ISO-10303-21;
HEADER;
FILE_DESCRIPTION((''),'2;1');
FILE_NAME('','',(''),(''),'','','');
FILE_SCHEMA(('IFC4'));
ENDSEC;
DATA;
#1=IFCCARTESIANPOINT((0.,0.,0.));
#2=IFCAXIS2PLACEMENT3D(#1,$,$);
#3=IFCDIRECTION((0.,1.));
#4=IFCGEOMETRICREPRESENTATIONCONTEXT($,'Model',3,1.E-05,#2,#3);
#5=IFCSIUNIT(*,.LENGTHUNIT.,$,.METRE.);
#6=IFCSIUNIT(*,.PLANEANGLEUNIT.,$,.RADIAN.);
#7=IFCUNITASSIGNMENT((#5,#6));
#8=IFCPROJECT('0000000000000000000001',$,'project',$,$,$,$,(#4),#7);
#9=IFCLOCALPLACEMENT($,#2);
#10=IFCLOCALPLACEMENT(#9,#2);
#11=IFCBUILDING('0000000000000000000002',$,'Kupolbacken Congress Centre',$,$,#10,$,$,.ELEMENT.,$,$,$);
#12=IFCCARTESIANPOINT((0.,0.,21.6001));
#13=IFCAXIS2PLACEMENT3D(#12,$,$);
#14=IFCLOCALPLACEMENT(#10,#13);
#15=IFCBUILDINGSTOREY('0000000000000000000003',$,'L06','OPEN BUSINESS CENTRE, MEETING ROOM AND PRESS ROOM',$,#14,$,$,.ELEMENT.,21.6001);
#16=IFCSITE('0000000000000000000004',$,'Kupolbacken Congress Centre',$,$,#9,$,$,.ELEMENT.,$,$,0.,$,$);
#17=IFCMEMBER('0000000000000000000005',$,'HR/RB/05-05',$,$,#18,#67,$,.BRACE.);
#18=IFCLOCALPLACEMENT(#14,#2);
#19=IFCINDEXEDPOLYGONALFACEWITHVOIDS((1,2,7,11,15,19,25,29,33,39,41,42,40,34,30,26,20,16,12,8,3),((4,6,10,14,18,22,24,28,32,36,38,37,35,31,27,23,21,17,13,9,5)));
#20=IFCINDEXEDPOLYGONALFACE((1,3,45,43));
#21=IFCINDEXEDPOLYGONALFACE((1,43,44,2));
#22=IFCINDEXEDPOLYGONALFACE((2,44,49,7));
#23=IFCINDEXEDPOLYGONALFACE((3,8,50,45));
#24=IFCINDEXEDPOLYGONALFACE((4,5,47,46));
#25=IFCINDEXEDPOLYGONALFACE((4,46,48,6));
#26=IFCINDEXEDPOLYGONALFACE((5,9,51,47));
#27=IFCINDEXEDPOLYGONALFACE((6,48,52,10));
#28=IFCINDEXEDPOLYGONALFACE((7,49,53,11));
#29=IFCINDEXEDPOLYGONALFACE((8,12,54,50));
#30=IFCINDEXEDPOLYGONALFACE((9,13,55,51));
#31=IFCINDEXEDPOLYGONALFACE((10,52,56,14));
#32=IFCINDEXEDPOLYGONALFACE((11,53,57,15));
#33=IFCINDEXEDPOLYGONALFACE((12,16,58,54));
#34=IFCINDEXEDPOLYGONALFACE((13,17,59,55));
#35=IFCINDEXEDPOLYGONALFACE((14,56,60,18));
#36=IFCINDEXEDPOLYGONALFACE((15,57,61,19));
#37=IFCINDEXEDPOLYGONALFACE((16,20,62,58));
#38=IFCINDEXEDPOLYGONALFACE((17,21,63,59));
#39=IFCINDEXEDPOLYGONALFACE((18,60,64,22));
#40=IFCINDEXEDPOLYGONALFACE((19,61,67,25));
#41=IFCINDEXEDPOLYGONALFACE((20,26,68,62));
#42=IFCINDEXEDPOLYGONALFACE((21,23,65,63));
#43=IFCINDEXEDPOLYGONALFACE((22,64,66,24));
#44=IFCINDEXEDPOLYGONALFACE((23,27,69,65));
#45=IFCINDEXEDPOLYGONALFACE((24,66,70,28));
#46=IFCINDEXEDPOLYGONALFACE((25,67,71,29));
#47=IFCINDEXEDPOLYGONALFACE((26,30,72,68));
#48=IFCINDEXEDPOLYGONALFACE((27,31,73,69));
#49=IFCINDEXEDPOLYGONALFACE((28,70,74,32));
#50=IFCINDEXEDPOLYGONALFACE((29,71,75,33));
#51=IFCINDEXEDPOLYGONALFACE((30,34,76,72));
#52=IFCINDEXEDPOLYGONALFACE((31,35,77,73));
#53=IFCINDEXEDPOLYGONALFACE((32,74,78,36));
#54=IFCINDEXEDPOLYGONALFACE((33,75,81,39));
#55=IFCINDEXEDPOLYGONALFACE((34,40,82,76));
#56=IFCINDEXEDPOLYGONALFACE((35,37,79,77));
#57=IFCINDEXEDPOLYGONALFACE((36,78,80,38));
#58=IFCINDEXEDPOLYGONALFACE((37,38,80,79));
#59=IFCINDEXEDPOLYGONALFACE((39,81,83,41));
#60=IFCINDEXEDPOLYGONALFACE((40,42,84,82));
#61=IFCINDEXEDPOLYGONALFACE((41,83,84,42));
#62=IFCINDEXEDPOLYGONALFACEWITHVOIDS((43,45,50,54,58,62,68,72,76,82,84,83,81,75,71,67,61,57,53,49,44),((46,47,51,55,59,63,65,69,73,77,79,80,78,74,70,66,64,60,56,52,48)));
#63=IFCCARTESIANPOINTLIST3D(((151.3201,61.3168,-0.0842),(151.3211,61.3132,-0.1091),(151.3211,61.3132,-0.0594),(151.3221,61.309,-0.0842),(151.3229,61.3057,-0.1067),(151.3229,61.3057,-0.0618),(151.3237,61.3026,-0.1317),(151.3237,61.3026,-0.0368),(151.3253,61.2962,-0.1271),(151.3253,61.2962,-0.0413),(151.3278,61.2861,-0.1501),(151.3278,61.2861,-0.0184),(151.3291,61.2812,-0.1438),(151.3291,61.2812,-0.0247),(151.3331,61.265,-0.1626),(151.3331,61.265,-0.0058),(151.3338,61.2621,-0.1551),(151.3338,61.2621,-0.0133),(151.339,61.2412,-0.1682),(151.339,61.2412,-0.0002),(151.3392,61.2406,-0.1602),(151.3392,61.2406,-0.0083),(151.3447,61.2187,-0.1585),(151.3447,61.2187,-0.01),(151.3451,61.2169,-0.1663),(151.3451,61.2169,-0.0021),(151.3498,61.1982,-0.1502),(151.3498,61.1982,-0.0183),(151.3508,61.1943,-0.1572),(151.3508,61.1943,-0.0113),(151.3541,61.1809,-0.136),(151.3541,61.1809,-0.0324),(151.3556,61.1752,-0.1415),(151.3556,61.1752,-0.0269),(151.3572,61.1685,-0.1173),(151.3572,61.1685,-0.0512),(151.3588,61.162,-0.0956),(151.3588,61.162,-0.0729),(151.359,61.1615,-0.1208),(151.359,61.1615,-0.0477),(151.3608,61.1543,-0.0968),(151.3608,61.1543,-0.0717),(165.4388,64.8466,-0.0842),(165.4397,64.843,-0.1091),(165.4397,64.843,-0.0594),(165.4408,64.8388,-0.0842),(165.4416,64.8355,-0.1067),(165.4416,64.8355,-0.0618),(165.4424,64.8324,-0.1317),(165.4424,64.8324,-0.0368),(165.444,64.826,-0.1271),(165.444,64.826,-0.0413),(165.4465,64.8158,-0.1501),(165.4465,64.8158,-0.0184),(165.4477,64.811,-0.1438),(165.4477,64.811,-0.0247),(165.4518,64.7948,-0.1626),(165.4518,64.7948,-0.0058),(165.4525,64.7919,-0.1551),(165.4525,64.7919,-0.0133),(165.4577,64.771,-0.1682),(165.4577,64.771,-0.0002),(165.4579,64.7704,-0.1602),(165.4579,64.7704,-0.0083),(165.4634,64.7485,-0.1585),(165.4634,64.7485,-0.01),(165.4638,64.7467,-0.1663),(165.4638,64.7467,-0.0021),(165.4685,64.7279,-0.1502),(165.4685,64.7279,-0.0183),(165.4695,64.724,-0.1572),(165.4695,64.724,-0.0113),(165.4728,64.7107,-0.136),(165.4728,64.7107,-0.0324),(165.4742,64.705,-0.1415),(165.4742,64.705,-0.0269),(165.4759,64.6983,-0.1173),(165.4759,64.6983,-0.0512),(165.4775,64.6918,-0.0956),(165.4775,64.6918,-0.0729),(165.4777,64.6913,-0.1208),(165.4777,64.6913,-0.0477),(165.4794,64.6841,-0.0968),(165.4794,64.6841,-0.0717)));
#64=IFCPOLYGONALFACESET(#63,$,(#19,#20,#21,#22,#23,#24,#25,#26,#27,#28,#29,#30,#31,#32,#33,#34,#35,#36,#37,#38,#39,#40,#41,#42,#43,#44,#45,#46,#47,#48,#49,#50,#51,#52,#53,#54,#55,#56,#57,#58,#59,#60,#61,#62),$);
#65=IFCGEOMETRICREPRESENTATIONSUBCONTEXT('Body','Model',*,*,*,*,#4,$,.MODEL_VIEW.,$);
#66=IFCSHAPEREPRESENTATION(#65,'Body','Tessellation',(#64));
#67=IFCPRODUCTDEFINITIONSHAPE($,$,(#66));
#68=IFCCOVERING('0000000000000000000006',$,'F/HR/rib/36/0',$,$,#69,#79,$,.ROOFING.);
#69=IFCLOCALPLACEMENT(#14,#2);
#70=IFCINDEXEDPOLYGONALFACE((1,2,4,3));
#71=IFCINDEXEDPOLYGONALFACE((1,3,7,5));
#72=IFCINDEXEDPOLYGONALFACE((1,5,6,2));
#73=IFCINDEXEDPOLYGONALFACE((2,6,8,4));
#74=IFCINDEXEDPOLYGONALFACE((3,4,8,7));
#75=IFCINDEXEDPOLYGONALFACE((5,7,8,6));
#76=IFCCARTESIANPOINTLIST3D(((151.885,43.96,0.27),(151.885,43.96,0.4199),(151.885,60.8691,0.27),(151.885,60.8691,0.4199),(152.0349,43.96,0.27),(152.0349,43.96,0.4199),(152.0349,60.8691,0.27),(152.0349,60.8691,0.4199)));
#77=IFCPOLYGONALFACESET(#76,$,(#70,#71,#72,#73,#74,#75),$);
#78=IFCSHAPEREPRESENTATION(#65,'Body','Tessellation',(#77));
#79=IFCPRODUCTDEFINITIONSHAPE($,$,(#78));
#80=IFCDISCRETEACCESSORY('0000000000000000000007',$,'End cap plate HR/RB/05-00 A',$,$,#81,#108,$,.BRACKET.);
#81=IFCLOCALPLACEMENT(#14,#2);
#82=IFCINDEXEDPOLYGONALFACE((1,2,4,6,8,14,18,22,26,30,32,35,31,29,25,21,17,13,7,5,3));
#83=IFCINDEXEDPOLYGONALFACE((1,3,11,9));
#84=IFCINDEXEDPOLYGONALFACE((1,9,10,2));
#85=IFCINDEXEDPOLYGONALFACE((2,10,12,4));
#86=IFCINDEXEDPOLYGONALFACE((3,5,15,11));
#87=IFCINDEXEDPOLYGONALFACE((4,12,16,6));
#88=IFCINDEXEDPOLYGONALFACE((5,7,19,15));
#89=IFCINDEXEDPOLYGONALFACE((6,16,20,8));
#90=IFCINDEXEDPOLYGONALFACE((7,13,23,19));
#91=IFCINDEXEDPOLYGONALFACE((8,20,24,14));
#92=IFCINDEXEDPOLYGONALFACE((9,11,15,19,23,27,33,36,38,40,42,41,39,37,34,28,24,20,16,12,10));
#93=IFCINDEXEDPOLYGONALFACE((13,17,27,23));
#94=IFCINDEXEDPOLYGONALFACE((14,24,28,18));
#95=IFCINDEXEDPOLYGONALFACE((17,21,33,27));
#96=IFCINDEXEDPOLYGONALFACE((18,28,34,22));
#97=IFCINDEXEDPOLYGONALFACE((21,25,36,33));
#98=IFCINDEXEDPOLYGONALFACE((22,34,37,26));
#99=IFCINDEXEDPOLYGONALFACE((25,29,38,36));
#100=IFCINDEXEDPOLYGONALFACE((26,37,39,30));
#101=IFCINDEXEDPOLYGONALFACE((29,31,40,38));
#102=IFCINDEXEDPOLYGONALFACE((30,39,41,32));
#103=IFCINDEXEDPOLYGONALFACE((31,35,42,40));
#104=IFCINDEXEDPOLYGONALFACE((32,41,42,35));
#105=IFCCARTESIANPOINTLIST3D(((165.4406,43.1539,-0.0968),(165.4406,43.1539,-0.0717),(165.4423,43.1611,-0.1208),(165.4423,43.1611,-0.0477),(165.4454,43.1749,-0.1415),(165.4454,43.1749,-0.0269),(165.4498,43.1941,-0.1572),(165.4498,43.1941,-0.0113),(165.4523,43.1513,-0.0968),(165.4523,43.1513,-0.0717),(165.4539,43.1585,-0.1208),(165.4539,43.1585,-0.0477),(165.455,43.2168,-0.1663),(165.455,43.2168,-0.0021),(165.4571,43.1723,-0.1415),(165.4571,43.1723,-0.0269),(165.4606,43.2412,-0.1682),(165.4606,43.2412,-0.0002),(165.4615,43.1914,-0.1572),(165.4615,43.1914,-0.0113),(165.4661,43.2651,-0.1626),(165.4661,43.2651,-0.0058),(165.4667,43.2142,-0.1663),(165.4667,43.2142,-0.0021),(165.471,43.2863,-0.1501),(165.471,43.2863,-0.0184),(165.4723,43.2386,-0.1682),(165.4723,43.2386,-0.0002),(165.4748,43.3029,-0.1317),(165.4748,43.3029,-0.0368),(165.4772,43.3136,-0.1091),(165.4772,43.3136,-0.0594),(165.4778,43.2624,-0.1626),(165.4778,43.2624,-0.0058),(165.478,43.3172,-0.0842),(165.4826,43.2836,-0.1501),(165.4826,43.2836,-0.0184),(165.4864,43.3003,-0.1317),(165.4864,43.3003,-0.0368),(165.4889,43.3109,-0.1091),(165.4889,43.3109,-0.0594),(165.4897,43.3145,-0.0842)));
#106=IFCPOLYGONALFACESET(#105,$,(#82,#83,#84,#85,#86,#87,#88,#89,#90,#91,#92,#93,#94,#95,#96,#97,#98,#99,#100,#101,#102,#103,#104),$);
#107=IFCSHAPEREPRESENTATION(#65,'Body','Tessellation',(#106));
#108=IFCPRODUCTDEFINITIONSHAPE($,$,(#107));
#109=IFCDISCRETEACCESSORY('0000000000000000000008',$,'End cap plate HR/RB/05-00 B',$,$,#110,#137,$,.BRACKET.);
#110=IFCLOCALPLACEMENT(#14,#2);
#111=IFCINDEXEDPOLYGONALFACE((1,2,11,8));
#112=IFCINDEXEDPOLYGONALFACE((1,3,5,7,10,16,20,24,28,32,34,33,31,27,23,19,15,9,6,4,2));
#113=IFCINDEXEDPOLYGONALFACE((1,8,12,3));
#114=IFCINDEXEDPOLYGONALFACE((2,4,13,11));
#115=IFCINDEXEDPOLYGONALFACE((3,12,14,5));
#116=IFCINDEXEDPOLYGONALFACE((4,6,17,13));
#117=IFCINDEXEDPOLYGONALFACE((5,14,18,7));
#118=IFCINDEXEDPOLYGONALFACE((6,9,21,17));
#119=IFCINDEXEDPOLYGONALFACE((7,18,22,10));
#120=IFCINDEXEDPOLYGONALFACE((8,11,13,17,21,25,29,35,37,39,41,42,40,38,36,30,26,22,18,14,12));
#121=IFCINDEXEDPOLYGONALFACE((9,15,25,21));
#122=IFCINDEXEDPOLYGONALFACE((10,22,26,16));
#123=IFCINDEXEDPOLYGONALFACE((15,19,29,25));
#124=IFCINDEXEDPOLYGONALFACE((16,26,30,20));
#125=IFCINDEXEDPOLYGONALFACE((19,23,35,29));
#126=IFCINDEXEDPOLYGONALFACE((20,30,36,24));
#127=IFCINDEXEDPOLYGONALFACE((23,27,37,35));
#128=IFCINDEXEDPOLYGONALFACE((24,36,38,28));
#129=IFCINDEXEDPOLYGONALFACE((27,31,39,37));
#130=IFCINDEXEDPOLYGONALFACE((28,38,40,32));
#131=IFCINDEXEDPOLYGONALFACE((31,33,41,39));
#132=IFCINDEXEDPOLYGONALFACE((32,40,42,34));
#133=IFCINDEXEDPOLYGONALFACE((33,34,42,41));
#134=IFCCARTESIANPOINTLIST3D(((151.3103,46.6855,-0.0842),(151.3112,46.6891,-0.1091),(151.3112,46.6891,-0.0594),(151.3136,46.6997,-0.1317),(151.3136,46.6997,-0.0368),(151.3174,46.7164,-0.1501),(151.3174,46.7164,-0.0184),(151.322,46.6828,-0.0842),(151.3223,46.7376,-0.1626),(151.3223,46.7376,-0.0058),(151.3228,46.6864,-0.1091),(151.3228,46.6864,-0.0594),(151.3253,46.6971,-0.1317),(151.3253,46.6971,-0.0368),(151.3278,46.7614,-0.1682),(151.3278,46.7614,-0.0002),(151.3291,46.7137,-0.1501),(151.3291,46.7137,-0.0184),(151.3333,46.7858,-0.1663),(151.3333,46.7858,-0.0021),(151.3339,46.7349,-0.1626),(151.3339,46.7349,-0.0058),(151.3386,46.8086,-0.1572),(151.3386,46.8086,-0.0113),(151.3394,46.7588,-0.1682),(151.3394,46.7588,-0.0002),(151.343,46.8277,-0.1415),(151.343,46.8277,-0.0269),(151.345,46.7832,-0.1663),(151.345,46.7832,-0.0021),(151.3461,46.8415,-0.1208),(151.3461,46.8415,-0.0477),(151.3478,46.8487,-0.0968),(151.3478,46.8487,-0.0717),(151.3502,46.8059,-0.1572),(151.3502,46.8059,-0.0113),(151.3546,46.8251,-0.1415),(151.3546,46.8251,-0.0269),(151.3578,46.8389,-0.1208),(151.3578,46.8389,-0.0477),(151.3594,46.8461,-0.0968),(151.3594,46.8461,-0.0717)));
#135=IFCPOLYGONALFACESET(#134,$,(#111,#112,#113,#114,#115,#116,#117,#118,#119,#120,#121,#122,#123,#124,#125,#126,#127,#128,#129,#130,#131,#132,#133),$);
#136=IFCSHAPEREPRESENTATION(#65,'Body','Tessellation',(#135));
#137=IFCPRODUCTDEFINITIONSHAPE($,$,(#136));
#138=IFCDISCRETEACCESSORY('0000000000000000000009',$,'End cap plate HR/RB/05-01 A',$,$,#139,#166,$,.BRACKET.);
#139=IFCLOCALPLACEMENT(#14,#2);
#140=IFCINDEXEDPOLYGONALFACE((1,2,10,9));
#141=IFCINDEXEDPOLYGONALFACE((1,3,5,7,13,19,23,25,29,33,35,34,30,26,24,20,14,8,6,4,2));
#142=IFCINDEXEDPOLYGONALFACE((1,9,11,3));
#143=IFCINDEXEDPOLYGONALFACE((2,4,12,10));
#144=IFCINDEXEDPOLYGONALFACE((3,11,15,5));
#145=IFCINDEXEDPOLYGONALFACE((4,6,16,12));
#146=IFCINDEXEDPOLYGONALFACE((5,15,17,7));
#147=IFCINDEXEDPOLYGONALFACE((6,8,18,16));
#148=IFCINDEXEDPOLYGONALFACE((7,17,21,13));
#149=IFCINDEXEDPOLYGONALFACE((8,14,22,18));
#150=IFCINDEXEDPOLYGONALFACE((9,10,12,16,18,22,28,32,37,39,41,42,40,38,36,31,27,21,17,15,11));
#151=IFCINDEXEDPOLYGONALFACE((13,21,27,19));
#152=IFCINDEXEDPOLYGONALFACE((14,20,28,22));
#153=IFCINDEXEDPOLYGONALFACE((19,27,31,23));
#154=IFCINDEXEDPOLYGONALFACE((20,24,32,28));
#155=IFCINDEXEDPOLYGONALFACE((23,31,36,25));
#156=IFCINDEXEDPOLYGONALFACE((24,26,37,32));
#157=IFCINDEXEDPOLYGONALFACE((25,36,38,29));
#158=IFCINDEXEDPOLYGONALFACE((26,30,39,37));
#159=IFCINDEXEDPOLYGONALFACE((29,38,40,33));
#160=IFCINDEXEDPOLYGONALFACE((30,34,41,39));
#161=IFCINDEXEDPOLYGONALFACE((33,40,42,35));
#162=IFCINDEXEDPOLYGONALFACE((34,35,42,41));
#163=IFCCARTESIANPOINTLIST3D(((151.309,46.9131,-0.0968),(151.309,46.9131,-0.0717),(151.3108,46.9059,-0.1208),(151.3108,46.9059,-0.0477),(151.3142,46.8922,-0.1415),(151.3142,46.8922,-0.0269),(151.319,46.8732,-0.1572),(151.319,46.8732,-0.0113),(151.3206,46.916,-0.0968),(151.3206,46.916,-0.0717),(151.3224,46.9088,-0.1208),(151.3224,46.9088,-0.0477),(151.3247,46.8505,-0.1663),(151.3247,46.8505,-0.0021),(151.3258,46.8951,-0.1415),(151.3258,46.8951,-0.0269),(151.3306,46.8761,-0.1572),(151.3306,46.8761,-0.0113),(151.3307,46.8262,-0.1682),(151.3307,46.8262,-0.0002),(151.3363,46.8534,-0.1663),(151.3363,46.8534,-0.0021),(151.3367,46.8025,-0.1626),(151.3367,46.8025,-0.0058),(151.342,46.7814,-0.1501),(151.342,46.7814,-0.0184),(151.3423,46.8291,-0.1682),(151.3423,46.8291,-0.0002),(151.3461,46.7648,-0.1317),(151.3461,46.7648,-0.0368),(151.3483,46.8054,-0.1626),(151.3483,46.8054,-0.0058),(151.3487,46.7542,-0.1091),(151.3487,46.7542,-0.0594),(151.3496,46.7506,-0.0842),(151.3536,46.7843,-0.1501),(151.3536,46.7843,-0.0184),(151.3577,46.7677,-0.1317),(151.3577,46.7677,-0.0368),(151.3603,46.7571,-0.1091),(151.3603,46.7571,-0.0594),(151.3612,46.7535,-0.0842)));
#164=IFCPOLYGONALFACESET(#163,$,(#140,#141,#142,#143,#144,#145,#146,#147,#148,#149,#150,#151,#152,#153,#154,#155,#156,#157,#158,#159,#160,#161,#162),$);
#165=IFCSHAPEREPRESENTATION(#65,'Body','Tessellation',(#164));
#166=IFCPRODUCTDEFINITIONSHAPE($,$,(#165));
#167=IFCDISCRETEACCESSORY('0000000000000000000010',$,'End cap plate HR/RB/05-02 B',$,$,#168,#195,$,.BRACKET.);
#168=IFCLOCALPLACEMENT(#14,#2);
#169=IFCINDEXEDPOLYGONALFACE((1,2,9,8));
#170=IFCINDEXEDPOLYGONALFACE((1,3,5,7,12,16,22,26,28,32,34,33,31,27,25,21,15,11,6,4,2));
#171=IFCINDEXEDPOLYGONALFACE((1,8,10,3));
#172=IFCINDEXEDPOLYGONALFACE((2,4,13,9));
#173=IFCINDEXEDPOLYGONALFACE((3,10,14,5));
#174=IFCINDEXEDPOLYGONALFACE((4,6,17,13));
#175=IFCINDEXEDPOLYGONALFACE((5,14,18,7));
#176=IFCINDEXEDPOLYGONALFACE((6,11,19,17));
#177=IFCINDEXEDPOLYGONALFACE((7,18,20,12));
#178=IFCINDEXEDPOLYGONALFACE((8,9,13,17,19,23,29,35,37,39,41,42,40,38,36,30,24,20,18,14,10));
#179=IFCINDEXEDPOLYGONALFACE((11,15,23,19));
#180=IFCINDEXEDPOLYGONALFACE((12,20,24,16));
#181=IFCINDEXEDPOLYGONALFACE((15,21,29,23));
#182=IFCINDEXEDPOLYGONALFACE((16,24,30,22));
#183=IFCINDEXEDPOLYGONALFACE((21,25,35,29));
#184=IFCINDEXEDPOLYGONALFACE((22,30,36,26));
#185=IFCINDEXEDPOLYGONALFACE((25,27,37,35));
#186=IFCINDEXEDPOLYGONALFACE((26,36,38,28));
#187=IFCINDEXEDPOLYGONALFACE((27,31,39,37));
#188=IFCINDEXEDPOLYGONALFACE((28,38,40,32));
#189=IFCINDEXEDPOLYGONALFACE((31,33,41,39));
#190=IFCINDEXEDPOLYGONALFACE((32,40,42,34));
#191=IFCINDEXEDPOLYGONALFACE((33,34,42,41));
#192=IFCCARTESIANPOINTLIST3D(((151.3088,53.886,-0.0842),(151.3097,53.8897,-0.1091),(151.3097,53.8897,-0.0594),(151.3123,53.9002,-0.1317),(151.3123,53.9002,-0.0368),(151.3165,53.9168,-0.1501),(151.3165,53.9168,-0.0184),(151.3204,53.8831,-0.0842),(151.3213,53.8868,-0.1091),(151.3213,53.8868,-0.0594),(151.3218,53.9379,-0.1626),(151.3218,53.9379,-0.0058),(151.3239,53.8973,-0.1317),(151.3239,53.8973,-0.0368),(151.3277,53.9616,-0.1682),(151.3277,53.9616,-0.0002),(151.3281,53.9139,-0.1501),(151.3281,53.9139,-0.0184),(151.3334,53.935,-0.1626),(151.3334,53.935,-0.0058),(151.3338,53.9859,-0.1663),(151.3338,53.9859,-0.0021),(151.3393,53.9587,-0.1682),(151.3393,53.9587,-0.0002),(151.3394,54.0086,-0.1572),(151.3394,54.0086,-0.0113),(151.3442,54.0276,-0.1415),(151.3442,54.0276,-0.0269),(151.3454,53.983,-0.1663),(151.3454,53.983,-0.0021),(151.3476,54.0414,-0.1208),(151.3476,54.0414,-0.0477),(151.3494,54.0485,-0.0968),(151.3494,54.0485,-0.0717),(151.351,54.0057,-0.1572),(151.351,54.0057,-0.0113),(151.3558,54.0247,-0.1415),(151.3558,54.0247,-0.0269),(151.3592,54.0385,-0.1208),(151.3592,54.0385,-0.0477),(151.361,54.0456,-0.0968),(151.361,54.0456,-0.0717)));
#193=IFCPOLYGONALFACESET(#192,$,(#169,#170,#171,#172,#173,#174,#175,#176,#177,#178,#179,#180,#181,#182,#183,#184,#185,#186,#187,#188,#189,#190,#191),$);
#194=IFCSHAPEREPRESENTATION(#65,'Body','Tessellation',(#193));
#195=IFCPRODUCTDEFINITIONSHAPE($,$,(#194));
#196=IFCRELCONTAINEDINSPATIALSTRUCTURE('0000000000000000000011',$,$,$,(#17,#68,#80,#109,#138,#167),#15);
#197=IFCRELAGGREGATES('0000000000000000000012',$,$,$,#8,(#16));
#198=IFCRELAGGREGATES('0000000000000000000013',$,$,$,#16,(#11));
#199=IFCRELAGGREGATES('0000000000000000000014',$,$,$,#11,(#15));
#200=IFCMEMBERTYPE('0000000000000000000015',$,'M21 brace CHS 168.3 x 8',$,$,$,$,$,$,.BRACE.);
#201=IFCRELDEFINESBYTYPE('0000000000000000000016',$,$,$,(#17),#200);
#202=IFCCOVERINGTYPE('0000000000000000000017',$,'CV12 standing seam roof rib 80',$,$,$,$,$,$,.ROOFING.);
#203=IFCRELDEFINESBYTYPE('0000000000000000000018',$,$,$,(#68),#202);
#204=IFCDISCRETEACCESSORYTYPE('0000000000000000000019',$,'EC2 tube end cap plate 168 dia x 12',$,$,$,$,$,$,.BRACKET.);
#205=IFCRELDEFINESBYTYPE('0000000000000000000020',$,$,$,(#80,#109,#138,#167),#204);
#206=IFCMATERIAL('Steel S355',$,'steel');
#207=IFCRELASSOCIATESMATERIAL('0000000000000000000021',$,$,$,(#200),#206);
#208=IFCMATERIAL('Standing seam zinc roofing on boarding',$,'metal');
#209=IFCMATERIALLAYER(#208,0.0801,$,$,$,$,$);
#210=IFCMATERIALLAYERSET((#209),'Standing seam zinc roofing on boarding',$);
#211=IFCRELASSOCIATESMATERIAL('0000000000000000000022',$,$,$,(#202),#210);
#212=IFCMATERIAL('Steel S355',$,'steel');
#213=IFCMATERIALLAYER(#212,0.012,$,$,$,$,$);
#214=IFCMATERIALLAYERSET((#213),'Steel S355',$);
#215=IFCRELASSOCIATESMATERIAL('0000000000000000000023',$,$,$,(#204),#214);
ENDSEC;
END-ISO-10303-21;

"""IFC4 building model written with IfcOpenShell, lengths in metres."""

from ifc_helpers import new_model, si_unit, direction, frame, origin, origin_2d, place, context, subcontext, project, spatial, rectangle, circle, hollow_circle, extrude, material, layer, layer_set, material_profile, profile_set, type_object, element, save


model = new_model("IFC4")

# Units and contexts
model_context = context("Model", 3, precision=1e-05, world=origin(), true_north=direction((0.0, 1.0)))
body_context = subcontext(model_context, "Body", "Model", "MODEL_VIEW")
ifc_project = project(units=[si_unit("LENGTHUNIT", "METRE"), si_unit("PLANEANGLEUNIT", "RADIAN")], contexts=[model_context])

# Site, building, storey
site_placement = place(None, origin())
site = spatial("IfcSite", under=ifc_project, at=site_placement, Name="Kupolbacken Congress Centre", CompositionType="ELEMENT", RefElevation=0.0)
building_placement = place(site_placement, origin())
building = spatial("IfcBuilding", under=site, at=building_placement, Name="Kupolbacken Congress Centre", CompositionType="ELEMENT")
storey_placement = place(building_placement, frame((0.0, 0.0, 21.6001)))
storey = spatial("IfcBuildingStorey", under=building, at=storey_placement, Name="L06", Description="OPEN BUSINESS CENTRE, MEETING ROOM AND PRESS ROOM", CompositionType="ELEMENT", Elevation=21.6001)

# Member
ifc_material_1 = material(Name="Steel S355", Category="steel")
ifc_material_profile_1 = material_profile(ifc_material_1, hollow_circle(Radius=0.0842, WallThickness=0.0081, at=origin_2d()), Name="CHS 168.3 x 8")
ifc_profile_set_1 = profile_set([ifc_material_profile_1], Name="Steel S355")
member_type_1 = type_object("IfcMemberType", Name="M21 brace CHS 168.3 x 8", PredefinedType="BRACE", material=ifc_profile_set_1)
for number, where, z_axis, x_axis, name in (
    (1, (151.3406, 61.2351, -0.0842), (0.970141, 0.242544, 0.0), (-0.242544, 0.970141, 0.0), "HR/RB/05-05"),
):
    element("IfcMember", number, at=place(storey_placement, frame(where, z_axis=z_axis, x_axis=x_axis)), inside=storey, type_object=member_type_1, Name=name, PredefinedType="BRACE", context=body_context, shape_type="SweptSolid", body=[
        extrude(hollow_circle(Radius=0.0842, WallThickness=0.0081, at=origin_2d()), origin(), (0.0, 0.0, 1.0), 14.5532),
    ])

# Covering
ifc_material_2 = material(Name="Standing seam zinc roofing on boarding", Category="metal")
ifc_layer_1 = layer(ifc_material_2, 0.0801)
ifc_layer_set_1 = layer_set([ifc_layer_1], Name="Standing seam zinc roofing on boarding")
covering_type = type_object("IfcCoveringType", Name="CV12 standing seam roof rib 80", PredefinedType="ROOFING", material=ifc_layer_set_1)
covering_placement = place(storey_placement, frame((151.96, 52.4146, 0.27), z_axis=(0.0, 0.0, 1.0), x_axis=(0.0, 1.0, 0.0)))
element("IfcCovering", 2, at=covering_placement, inside=storey, type_object=covering_type, Name="F/HR/rib/36/0", PredefinedType="ROOFING", context=body_context, shape_type="SweptSolid", body=[
    extrude(rectangle(XDim=16.9092, YDim=0.1499, at=origin_2d()), origin(), (0.0, 0.0, 1.0), 0.1499),
])

# Discrete accessories
ifc_material_3 = material(Name="Steel S355", Category="steel")
ifc_layer_2 = layer(ifc_material_3, 0.012)
ifc_layer_set_2 = layer_set([ifc_layer_2], Name="Steel S355")
discrete_accessory_type = type_object("IfcDiscreteAccessoryType", Name="EC2 tube end cap plate 168 dia x 12", PredefinedType="BRACKET", material=ifc_layer_set_2)
for number, where, z_axis, x_axis, name in (
    (3, (165.4592, 43.2351, -0.0842), (0.974732, -0.223376, 0.0), (0.223376, 0.974732, 0.0), "End cap plate HR/RB/05-00 A"),
    (4, (151.3408, 46.7649, -0.0842), (-0.974732, 0.223376, 0.0), (-0.223376, -0.974732, 0.0), "End cap plate HR/RB/05-00 B"),
    (5, (151.3408, 46.8352, -0.0842), (-0.970143, -0.242536, 0.0), (0.242536, -0.970143, 0.0), "End cap plate HR/RB/05-01 A"),
    (6, (151.3408, 53.9648, -0.0842), (-0.970143, 0.242536, 0.0), (-0.242536, -0.970143, 0.0), "End cap plate HR/RB/05-02 B"),
):
    element("IfcDiscreteAccessory", number, at=place(storey_placement, frame(where, z_axis=z_axis, x_axis=x_axis)), inside=storey, type_object=discrete_accessory_type, Name=name, PredefinedType="BRACKET", context=body_context, shape_type="SweptSolid", body=[
        extrude(circle(Radius=0.0842, at=origin_2d()), origin(), (0.0, 0.0, 1.0), 0.012),
    ])

save(model, "model.ifc")
